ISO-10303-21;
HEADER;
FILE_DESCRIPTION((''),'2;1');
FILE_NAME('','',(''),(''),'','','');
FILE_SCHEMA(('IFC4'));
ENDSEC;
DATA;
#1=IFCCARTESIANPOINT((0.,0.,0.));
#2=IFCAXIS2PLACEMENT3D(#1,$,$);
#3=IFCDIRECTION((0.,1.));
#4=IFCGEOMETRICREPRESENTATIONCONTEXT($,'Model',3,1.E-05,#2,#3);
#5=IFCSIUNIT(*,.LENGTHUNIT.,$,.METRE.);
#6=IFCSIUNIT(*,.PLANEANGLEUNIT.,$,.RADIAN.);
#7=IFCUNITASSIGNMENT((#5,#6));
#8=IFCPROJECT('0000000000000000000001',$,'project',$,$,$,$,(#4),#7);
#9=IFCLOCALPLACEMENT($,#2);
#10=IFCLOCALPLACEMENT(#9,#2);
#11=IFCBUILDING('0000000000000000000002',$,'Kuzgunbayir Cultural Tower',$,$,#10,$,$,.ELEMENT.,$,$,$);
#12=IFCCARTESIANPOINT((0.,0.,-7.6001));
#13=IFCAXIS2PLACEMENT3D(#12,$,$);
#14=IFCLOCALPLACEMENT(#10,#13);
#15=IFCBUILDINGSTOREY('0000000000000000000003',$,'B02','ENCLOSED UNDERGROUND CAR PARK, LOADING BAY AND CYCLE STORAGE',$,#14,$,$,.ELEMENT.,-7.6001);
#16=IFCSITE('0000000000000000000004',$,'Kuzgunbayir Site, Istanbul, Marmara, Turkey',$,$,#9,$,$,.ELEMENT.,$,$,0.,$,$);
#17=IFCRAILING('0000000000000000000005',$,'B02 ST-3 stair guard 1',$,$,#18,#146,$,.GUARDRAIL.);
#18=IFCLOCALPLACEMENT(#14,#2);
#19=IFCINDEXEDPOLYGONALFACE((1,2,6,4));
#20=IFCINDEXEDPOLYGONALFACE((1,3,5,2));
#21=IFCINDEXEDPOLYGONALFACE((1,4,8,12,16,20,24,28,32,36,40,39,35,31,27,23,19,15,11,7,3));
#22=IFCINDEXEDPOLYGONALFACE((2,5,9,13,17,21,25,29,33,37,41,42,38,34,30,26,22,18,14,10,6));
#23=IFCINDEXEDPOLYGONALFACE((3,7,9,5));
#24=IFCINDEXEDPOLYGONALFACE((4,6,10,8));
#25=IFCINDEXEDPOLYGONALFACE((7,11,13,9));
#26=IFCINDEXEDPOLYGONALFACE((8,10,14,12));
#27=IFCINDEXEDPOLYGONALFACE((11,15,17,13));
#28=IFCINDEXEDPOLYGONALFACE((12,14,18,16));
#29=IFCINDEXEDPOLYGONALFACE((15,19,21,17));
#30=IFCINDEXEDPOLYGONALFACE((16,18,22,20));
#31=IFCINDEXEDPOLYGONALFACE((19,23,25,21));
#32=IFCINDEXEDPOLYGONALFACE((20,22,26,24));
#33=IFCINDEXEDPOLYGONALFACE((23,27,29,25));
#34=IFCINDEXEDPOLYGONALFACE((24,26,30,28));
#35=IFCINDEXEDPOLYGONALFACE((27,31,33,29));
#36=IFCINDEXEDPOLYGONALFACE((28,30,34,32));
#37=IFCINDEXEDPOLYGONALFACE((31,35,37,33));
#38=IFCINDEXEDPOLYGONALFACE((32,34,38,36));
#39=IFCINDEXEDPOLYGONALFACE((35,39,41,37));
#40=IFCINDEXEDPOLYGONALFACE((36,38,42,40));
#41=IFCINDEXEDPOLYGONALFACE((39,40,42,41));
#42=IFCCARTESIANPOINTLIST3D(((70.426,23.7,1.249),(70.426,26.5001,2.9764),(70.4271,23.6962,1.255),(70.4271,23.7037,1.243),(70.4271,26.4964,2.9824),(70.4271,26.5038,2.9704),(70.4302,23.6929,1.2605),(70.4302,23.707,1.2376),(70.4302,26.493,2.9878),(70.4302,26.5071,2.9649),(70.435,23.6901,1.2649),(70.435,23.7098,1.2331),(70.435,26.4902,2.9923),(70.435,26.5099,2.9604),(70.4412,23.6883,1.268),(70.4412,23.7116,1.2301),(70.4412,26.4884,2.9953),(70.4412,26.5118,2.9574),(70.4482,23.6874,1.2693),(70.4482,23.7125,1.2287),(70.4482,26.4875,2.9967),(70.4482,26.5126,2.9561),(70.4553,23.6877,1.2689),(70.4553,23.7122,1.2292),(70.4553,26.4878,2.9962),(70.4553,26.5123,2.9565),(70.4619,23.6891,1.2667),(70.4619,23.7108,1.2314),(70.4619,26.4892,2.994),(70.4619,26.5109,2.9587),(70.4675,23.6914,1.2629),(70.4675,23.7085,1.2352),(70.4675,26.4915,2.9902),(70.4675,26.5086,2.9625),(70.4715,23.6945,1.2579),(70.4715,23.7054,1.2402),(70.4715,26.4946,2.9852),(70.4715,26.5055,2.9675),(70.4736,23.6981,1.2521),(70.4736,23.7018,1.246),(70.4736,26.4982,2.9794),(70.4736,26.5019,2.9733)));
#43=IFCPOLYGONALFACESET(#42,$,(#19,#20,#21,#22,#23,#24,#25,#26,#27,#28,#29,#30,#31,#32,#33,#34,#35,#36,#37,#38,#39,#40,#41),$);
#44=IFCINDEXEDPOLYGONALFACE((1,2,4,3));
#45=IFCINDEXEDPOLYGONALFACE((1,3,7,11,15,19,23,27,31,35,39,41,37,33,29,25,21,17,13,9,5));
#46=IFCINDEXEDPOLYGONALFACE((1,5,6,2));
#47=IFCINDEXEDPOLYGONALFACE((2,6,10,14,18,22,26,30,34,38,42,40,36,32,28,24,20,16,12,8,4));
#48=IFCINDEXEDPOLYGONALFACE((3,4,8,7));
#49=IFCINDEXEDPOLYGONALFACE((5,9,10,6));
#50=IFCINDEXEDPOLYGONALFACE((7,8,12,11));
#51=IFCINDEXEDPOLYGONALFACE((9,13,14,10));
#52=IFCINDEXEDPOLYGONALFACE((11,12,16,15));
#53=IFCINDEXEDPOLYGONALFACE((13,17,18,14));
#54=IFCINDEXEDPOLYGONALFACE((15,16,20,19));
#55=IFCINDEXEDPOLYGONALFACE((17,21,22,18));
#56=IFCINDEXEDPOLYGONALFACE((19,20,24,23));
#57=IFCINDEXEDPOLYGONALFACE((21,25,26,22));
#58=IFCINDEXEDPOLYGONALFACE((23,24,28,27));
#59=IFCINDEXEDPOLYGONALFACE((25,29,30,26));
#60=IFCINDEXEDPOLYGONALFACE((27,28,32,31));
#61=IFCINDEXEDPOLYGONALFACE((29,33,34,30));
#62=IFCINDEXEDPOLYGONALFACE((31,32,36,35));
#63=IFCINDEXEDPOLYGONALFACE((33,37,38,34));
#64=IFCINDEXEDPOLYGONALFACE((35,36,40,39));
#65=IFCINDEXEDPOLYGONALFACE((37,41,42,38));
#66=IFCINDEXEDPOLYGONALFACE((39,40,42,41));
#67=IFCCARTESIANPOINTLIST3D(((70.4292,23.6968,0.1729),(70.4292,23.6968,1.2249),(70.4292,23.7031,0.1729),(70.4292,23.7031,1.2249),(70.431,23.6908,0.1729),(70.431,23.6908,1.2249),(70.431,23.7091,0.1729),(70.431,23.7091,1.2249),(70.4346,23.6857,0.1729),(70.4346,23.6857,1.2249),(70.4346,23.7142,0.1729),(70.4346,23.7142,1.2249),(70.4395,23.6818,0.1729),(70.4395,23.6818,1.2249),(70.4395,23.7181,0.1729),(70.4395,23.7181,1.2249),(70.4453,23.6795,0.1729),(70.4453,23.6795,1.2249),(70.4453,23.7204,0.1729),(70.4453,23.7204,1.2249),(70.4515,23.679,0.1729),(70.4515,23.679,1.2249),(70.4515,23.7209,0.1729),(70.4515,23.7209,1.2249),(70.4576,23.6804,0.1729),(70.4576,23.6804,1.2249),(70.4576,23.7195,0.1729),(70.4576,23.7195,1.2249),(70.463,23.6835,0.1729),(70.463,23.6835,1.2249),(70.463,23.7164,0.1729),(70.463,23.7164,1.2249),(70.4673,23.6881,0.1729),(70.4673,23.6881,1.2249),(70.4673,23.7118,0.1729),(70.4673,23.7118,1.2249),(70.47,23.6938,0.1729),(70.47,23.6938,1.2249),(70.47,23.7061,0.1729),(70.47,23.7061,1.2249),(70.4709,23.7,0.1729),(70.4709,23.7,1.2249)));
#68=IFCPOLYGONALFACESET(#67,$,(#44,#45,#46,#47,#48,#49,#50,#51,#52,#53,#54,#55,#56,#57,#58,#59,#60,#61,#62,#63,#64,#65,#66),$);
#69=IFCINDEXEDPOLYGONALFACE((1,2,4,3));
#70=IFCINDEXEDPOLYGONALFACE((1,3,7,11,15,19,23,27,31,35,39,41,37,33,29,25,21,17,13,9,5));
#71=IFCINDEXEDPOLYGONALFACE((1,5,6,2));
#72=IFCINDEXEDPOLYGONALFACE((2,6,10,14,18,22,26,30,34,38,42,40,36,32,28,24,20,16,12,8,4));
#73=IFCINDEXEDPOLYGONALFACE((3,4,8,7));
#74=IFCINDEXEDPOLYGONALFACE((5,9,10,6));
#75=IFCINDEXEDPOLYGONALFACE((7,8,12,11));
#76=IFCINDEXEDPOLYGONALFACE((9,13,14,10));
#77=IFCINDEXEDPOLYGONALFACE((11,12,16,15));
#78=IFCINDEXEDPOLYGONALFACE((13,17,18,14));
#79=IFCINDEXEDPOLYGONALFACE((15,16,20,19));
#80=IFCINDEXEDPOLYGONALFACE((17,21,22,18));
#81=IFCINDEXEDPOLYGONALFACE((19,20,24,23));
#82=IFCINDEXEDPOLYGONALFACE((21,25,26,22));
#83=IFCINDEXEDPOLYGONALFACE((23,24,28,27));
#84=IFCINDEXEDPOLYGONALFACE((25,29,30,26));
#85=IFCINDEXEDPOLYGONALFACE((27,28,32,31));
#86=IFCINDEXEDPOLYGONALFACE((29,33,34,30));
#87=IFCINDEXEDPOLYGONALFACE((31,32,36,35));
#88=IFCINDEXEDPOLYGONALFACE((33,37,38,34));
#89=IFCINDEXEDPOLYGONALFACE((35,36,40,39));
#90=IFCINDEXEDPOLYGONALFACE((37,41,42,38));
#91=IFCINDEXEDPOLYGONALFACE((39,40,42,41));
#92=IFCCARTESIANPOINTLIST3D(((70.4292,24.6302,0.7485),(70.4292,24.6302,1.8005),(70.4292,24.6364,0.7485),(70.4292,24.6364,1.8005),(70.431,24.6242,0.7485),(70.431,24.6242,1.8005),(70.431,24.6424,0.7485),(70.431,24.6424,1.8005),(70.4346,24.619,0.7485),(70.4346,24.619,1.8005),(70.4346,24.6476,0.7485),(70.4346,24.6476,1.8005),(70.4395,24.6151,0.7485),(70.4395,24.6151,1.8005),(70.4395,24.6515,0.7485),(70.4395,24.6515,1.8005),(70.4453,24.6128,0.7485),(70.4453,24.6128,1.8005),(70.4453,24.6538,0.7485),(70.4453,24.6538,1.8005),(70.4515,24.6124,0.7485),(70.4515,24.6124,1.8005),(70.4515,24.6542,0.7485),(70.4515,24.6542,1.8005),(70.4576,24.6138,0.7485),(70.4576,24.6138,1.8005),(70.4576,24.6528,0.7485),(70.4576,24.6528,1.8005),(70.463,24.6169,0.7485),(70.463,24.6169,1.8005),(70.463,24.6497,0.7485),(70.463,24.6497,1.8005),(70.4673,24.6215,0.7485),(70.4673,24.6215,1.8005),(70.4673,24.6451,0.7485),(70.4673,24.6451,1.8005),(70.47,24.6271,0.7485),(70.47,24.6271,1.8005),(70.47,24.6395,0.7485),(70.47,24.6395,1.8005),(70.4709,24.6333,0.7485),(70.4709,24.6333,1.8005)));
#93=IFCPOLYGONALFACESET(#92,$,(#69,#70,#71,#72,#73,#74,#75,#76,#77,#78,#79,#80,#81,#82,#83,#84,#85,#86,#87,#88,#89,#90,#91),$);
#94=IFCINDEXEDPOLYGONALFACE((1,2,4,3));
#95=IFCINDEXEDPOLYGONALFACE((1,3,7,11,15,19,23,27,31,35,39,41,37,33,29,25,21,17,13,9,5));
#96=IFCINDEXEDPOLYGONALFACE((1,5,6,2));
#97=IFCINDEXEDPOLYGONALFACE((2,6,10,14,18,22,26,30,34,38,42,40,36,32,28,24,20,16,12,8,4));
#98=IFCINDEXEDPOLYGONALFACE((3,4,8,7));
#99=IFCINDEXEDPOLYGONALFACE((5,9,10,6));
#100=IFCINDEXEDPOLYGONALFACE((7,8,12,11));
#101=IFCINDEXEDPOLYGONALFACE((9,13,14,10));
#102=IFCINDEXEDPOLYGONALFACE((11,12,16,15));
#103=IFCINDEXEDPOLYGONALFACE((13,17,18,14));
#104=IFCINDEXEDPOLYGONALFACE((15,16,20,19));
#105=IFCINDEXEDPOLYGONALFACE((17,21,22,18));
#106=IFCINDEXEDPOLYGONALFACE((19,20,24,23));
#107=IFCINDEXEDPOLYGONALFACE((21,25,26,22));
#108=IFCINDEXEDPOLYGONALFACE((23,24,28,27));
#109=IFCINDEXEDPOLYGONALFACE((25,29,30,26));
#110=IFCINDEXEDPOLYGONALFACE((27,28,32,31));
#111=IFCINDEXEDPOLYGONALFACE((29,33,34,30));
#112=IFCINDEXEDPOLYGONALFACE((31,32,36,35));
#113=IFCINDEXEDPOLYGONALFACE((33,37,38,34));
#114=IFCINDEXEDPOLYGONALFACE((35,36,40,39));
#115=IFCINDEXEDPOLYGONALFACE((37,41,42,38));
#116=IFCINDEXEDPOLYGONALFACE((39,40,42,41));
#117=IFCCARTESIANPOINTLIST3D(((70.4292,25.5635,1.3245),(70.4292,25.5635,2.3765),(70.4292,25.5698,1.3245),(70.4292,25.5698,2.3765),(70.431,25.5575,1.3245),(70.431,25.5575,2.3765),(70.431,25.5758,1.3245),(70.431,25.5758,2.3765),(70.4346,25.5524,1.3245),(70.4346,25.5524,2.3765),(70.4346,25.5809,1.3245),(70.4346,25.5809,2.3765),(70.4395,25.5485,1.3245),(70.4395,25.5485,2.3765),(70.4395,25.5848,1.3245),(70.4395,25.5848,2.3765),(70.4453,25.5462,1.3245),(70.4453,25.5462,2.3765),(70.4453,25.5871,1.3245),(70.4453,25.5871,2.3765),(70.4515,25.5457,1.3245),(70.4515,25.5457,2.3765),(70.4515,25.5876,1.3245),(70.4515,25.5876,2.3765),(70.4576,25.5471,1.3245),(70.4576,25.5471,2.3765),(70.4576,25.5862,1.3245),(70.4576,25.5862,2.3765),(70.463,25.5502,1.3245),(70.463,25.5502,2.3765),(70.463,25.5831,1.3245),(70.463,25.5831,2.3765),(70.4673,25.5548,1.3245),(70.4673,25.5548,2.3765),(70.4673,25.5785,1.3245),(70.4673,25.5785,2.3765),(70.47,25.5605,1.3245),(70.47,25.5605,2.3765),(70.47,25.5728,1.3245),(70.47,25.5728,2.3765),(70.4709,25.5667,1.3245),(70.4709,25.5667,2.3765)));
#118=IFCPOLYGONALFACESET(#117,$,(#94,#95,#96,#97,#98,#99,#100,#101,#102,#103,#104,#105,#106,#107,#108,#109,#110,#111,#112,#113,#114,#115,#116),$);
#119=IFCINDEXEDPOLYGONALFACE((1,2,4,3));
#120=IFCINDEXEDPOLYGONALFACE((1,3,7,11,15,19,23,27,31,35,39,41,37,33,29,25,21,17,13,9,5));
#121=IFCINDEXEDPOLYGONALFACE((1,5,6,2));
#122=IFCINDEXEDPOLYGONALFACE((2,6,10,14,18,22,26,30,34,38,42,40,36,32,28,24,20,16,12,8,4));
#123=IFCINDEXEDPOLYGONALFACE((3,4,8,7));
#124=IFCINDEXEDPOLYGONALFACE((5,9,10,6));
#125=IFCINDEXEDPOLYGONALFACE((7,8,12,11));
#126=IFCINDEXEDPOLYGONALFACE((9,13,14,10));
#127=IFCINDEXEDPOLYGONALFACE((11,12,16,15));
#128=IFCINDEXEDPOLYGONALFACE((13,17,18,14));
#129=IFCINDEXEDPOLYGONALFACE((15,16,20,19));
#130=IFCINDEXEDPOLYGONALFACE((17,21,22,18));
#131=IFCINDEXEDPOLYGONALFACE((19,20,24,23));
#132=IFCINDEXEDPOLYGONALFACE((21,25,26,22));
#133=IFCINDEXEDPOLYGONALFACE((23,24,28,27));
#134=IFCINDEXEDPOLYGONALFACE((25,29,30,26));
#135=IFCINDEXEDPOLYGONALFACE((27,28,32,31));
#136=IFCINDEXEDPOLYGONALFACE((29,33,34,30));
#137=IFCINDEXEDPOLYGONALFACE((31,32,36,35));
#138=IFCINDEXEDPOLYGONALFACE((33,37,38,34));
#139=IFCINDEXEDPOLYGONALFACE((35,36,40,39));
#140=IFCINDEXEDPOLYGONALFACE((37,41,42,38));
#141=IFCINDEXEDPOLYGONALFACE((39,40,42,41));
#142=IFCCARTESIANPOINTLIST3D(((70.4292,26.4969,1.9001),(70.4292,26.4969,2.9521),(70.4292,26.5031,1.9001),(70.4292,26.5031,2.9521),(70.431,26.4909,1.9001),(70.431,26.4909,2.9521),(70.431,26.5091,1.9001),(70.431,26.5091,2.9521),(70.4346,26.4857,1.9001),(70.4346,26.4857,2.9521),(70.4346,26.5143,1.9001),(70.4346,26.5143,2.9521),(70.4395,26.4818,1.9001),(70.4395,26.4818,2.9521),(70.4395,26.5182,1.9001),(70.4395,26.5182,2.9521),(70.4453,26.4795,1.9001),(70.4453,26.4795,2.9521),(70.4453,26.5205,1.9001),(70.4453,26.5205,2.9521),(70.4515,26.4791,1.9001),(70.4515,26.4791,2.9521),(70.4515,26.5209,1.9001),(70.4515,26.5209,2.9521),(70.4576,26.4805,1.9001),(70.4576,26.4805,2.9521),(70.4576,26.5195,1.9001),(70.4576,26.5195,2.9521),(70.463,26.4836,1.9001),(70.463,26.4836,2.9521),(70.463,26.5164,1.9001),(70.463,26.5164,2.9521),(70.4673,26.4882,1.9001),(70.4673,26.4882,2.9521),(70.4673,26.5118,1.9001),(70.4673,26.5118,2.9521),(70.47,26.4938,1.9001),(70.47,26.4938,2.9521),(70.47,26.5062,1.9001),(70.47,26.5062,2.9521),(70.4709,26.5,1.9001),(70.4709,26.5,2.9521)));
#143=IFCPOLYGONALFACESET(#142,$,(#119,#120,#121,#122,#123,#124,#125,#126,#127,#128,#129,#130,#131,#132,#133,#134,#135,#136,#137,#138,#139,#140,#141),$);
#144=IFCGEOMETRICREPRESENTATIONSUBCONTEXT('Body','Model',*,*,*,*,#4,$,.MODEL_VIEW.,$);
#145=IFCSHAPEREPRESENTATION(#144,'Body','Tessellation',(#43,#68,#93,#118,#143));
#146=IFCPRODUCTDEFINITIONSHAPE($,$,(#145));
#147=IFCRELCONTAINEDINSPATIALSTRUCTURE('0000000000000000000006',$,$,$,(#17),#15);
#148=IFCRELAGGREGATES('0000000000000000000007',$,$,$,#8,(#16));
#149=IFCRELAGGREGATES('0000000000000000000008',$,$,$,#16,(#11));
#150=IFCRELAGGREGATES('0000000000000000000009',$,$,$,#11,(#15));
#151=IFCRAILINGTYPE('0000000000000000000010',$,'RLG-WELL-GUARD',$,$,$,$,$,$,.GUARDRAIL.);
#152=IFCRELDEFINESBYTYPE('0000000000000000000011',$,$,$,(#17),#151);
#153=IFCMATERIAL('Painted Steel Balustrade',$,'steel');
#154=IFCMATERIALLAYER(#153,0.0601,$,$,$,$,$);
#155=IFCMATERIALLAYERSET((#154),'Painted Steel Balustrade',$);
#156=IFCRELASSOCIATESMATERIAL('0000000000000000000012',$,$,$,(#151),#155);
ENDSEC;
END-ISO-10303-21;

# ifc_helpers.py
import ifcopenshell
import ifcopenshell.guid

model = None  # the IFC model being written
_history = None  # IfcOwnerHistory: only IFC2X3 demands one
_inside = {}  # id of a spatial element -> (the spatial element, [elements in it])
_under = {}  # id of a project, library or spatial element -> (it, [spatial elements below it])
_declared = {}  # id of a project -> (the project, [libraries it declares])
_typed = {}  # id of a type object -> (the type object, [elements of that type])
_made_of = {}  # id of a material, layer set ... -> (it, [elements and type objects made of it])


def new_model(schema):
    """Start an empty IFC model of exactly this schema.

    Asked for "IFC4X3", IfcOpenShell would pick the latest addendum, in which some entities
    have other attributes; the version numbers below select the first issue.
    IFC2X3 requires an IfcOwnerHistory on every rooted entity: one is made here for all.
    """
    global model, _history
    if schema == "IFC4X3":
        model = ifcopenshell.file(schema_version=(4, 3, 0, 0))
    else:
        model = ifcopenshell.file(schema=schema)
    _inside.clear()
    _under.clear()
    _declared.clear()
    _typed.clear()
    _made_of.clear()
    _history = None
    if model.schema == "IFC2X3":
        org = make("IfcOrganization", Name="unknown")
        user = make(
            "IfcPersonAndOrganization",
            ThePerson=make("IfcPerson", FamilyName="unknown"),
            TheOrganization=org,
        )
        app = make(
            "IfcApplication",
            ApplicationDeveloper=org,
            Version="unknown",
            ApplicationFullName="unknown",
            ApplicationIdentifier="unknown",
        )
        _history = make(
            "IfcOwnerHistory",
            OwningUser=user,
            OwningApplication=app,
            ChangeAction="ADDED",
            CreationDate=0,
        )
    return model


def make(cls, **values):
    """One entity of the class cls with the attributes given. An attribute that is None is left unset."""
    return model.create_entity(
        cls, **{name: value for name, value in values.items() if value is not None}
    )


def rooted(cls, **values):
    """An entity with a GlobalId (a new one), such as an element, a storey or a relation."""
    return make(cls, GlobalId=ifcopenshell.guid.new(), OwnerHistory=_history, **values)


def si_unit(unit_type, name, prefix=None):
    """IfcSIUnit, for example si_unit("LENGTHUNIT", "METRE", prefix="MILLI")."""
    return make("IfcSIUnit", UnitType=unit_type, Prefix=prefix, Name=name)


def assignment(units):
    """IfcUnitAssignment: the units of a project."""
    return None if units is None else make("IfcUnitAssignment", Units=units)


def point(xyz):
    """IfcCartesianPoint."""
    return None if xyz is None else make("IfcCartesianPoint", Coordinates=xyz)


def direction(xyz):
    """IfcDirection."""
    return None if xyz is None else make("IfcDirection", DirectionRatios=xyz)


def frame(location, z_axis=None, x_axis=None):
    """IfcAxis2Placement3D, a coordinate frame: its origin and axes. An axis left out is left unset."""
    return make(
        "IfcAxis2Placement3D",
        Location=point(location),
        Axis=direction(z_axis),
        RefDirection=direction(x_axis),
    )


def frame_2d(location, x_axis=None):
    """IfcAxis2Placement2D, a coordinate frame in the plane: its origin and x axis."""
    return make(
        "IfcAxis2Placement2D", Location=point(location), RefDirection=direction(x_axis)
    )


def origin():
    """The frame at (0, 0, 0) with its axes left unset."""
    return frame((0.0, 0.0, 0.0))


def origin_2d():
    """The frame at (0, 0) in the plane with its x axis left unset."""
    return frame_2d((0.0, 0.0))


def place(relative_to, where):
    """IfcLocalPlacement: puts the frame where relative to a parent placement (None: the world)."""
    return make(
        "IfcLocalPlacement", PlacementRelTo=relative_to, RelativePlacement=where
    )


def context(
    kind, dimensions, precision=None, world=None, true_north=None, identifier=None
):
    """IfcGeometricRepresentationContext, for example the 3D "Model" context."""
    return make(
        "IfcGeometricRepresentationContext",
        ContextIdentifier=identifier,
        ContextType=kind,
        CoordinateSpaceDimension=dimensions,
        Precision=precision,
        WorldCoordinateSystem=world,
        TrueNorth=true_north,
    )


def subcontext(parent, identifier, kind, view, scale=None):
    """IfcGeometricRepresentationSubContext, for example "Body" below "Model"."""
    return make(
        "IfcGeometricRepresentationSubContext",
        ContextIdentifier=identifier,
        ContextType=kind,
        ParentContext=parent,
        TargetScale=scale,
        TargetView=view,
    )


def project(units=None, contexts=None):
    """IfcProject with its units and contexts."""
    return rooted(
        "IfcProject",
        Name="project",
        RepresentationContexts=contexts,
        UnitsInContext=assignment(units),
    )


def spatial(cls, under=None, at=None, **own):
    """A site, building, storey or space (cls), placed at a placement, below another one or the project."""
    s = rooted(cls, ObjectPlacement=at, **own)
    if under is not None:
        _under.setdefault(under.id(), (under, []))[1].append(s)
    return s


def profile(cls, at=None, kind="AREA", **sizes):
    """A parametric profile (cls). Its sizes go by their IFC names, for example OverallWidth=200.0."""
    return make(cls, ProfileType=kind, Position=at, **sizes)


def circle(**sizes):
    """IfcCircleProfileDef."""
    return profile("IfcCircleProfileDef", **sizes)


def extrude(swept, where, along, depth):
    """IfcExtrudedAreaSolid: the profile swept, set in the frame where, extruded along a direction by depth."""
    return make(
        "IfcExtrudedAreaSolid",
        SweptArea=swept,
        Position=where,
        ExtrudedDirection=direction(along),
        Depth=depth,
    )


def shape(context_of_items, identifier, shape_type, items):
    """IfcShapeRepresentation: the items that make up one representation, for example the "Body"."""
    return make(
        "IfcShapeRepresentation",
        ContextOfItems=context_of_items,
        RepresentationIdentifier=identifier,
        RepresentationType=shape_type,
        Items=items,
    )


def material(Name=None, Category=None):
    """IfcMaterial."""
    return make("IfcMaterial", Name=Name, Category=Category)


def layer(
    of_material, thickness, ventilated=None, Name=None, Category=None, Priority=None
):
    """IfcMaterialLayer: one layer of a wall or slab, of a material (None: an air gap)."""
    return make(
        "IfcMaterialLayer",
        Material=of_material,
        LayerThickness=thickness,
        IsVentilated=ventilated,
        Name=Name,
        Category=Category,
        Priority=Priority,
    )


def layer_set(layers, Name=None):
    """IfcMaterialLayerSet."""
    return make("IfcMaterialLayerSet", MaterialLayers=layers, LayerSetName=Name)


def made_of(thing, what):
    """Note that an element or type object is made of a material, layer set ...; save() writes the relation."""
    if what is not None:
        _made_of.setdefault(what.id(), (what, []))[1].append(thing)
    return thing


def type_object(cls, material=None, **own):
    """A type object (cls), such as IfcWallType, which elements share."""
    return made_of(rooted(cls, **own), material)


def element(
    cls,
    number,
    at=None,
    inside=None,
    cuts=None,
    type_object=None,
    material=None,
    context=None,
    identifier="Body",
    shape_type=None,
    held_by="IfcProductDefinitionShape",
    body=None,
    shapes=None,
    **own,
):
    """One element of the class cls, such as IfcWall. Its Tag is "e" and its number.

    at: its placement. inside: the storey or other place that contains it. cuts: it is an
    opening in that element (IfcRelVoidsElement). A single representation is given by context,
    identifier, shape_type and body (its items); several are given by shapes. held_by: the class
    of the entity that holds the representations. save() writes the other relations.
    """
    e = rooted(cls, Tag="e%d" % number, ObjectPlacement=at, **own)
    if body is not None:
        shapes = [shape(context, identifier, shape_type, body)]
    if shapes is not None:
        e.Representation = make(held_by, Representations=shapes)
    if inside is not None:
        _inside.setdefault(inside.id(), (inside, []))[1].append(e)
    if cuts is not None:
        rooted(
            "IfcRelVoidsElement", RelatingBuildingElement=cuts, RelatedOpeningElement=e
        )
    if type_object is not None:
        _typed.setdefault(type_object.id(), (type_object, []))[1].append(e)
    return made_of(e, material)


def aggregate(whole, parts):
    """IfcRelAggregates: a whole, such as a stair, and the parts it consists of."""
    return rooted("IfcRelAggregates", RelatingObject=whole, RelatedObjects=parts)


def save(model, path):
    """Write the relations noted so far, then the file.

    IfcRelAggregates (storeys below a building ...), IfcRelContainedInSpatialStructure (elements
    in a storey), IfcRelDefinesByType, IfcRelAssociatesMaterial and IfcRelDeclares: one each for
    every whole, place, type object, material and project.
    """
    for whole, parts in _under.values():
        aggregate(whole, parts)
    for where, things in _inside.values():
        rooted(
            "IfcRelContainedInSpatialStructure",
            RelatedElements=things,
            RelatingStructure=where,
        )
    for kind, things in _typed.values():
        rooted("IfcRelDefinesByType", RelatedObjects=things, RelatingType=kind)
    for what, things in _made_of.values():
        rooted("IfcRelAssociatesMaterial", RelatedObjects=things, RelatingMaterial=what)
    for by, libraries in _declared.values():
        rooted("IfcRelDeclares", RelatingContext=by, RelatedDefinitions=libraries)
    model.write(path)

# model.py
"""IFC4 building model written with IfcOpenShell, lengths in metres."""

from ifc_helpers import new_model, si_unit, direction, frame, origin, origin_2d, place, context, subcontext, project, spatial, circle, extrude, material, layer, layer_set, type_object, element, save


model = new_model("IFC4")

# Units and contexts
model_context = context("Model", 3, precision=1e-05, world=origin(), true_north=direction((0.0, 1.0)))
body_context = subcontext(model_context, "Body", "Model", "MODEL_VIEW")
ifc_project = project(units=[si_unit("LENGTHUNIT", "METRE"), si_unit("PLANEANGLEUNIT", "RADIAN")], contexts=[model_context])

# Site, building, storey
site_placement = place(None, origin())
site = spatial("IfcSite", under=ifc_project, at=site_placement, Name="Kuzgunbayir Site, Istanbul, Marmara, Turkey", CompositionType="ELEMENT", RefElevation=0.0)
building_placement = place(site_placement, origin())
building = spatial("IfcBuilding", under=site, at=building_placement, Name="Kuzgunbayir Cultural Tower", CompositionType="ELEMENT")
storey_placement = place(building_placement, frame((0.0, 0.0, -7.6001)))
storey = spatial("IfcBuildingStorey", under=building, at=storey_placement, Name="B02", Description="ENCLOSED UNDERGROUND CAR PARK, LOADING BAY AND CYCLE STORAGE", CompositionType="ELEMENT", Elevation=-7.6001)

# Railing
ifc_material_1 = material(Name="Painted Steel Balustrade", Category="steel")
ifc_layer_1 = layer(ifc_material_1, 0.0601)
ifc_layer_set_1 = layer_set([ifc_layer_1], Name="Painted Steel Balustrade")
railing_type_1 = type_object("IfcRailingType", Name="RLG-WELL-GUARD", PredefinedType="GUARDRAIL", material=ifc_layer_set_1)
railing_1_placement = place(storey_placement, frame((70.45, 23.7, 0.1729)))
element("IfcRailing", 1, at=railing_1_placement, inside=storey, type_object=railing_type_1, Name="B02 ST-3 stair guard 1", PredefinedType="GUARDRAIL", context=body_context, shape_type="SweptSolid", body=[
    extrude(circle(Radius=0.0239, at=origin_2d()), frame((0.0, 0.0, 1.0762), z_axis=(0.0, 0.85109, 0.52502), x_axis=(-1.0, 0.0, 0.0)), (0.0, 0.0, 1.0), 3.29),
    extrude(circle(Radius=0.021, at=origin_2d()), origin(), (0.0, 0.0, 1.0), 1.052),
    extrude(circle(Radius=0.021, at=origin_2d()), frame((0.0, 0.9333, 0.5757)), (0.0, 0.0, 1.0), 1.052),
    extrude(circle(Radius=0.021, at=origin_2d()), frame((0.0, 1.8667, 1.1516)), (0.0, 0.0, 1.0), 1.052),
    extrude(circle(Radius=0.021, at=origin_2d()), frame((0.0, 2.8, 1.7273)), (0.0, 0.0, 1.0), 1.052),
])

save(model, "model.ifc")
